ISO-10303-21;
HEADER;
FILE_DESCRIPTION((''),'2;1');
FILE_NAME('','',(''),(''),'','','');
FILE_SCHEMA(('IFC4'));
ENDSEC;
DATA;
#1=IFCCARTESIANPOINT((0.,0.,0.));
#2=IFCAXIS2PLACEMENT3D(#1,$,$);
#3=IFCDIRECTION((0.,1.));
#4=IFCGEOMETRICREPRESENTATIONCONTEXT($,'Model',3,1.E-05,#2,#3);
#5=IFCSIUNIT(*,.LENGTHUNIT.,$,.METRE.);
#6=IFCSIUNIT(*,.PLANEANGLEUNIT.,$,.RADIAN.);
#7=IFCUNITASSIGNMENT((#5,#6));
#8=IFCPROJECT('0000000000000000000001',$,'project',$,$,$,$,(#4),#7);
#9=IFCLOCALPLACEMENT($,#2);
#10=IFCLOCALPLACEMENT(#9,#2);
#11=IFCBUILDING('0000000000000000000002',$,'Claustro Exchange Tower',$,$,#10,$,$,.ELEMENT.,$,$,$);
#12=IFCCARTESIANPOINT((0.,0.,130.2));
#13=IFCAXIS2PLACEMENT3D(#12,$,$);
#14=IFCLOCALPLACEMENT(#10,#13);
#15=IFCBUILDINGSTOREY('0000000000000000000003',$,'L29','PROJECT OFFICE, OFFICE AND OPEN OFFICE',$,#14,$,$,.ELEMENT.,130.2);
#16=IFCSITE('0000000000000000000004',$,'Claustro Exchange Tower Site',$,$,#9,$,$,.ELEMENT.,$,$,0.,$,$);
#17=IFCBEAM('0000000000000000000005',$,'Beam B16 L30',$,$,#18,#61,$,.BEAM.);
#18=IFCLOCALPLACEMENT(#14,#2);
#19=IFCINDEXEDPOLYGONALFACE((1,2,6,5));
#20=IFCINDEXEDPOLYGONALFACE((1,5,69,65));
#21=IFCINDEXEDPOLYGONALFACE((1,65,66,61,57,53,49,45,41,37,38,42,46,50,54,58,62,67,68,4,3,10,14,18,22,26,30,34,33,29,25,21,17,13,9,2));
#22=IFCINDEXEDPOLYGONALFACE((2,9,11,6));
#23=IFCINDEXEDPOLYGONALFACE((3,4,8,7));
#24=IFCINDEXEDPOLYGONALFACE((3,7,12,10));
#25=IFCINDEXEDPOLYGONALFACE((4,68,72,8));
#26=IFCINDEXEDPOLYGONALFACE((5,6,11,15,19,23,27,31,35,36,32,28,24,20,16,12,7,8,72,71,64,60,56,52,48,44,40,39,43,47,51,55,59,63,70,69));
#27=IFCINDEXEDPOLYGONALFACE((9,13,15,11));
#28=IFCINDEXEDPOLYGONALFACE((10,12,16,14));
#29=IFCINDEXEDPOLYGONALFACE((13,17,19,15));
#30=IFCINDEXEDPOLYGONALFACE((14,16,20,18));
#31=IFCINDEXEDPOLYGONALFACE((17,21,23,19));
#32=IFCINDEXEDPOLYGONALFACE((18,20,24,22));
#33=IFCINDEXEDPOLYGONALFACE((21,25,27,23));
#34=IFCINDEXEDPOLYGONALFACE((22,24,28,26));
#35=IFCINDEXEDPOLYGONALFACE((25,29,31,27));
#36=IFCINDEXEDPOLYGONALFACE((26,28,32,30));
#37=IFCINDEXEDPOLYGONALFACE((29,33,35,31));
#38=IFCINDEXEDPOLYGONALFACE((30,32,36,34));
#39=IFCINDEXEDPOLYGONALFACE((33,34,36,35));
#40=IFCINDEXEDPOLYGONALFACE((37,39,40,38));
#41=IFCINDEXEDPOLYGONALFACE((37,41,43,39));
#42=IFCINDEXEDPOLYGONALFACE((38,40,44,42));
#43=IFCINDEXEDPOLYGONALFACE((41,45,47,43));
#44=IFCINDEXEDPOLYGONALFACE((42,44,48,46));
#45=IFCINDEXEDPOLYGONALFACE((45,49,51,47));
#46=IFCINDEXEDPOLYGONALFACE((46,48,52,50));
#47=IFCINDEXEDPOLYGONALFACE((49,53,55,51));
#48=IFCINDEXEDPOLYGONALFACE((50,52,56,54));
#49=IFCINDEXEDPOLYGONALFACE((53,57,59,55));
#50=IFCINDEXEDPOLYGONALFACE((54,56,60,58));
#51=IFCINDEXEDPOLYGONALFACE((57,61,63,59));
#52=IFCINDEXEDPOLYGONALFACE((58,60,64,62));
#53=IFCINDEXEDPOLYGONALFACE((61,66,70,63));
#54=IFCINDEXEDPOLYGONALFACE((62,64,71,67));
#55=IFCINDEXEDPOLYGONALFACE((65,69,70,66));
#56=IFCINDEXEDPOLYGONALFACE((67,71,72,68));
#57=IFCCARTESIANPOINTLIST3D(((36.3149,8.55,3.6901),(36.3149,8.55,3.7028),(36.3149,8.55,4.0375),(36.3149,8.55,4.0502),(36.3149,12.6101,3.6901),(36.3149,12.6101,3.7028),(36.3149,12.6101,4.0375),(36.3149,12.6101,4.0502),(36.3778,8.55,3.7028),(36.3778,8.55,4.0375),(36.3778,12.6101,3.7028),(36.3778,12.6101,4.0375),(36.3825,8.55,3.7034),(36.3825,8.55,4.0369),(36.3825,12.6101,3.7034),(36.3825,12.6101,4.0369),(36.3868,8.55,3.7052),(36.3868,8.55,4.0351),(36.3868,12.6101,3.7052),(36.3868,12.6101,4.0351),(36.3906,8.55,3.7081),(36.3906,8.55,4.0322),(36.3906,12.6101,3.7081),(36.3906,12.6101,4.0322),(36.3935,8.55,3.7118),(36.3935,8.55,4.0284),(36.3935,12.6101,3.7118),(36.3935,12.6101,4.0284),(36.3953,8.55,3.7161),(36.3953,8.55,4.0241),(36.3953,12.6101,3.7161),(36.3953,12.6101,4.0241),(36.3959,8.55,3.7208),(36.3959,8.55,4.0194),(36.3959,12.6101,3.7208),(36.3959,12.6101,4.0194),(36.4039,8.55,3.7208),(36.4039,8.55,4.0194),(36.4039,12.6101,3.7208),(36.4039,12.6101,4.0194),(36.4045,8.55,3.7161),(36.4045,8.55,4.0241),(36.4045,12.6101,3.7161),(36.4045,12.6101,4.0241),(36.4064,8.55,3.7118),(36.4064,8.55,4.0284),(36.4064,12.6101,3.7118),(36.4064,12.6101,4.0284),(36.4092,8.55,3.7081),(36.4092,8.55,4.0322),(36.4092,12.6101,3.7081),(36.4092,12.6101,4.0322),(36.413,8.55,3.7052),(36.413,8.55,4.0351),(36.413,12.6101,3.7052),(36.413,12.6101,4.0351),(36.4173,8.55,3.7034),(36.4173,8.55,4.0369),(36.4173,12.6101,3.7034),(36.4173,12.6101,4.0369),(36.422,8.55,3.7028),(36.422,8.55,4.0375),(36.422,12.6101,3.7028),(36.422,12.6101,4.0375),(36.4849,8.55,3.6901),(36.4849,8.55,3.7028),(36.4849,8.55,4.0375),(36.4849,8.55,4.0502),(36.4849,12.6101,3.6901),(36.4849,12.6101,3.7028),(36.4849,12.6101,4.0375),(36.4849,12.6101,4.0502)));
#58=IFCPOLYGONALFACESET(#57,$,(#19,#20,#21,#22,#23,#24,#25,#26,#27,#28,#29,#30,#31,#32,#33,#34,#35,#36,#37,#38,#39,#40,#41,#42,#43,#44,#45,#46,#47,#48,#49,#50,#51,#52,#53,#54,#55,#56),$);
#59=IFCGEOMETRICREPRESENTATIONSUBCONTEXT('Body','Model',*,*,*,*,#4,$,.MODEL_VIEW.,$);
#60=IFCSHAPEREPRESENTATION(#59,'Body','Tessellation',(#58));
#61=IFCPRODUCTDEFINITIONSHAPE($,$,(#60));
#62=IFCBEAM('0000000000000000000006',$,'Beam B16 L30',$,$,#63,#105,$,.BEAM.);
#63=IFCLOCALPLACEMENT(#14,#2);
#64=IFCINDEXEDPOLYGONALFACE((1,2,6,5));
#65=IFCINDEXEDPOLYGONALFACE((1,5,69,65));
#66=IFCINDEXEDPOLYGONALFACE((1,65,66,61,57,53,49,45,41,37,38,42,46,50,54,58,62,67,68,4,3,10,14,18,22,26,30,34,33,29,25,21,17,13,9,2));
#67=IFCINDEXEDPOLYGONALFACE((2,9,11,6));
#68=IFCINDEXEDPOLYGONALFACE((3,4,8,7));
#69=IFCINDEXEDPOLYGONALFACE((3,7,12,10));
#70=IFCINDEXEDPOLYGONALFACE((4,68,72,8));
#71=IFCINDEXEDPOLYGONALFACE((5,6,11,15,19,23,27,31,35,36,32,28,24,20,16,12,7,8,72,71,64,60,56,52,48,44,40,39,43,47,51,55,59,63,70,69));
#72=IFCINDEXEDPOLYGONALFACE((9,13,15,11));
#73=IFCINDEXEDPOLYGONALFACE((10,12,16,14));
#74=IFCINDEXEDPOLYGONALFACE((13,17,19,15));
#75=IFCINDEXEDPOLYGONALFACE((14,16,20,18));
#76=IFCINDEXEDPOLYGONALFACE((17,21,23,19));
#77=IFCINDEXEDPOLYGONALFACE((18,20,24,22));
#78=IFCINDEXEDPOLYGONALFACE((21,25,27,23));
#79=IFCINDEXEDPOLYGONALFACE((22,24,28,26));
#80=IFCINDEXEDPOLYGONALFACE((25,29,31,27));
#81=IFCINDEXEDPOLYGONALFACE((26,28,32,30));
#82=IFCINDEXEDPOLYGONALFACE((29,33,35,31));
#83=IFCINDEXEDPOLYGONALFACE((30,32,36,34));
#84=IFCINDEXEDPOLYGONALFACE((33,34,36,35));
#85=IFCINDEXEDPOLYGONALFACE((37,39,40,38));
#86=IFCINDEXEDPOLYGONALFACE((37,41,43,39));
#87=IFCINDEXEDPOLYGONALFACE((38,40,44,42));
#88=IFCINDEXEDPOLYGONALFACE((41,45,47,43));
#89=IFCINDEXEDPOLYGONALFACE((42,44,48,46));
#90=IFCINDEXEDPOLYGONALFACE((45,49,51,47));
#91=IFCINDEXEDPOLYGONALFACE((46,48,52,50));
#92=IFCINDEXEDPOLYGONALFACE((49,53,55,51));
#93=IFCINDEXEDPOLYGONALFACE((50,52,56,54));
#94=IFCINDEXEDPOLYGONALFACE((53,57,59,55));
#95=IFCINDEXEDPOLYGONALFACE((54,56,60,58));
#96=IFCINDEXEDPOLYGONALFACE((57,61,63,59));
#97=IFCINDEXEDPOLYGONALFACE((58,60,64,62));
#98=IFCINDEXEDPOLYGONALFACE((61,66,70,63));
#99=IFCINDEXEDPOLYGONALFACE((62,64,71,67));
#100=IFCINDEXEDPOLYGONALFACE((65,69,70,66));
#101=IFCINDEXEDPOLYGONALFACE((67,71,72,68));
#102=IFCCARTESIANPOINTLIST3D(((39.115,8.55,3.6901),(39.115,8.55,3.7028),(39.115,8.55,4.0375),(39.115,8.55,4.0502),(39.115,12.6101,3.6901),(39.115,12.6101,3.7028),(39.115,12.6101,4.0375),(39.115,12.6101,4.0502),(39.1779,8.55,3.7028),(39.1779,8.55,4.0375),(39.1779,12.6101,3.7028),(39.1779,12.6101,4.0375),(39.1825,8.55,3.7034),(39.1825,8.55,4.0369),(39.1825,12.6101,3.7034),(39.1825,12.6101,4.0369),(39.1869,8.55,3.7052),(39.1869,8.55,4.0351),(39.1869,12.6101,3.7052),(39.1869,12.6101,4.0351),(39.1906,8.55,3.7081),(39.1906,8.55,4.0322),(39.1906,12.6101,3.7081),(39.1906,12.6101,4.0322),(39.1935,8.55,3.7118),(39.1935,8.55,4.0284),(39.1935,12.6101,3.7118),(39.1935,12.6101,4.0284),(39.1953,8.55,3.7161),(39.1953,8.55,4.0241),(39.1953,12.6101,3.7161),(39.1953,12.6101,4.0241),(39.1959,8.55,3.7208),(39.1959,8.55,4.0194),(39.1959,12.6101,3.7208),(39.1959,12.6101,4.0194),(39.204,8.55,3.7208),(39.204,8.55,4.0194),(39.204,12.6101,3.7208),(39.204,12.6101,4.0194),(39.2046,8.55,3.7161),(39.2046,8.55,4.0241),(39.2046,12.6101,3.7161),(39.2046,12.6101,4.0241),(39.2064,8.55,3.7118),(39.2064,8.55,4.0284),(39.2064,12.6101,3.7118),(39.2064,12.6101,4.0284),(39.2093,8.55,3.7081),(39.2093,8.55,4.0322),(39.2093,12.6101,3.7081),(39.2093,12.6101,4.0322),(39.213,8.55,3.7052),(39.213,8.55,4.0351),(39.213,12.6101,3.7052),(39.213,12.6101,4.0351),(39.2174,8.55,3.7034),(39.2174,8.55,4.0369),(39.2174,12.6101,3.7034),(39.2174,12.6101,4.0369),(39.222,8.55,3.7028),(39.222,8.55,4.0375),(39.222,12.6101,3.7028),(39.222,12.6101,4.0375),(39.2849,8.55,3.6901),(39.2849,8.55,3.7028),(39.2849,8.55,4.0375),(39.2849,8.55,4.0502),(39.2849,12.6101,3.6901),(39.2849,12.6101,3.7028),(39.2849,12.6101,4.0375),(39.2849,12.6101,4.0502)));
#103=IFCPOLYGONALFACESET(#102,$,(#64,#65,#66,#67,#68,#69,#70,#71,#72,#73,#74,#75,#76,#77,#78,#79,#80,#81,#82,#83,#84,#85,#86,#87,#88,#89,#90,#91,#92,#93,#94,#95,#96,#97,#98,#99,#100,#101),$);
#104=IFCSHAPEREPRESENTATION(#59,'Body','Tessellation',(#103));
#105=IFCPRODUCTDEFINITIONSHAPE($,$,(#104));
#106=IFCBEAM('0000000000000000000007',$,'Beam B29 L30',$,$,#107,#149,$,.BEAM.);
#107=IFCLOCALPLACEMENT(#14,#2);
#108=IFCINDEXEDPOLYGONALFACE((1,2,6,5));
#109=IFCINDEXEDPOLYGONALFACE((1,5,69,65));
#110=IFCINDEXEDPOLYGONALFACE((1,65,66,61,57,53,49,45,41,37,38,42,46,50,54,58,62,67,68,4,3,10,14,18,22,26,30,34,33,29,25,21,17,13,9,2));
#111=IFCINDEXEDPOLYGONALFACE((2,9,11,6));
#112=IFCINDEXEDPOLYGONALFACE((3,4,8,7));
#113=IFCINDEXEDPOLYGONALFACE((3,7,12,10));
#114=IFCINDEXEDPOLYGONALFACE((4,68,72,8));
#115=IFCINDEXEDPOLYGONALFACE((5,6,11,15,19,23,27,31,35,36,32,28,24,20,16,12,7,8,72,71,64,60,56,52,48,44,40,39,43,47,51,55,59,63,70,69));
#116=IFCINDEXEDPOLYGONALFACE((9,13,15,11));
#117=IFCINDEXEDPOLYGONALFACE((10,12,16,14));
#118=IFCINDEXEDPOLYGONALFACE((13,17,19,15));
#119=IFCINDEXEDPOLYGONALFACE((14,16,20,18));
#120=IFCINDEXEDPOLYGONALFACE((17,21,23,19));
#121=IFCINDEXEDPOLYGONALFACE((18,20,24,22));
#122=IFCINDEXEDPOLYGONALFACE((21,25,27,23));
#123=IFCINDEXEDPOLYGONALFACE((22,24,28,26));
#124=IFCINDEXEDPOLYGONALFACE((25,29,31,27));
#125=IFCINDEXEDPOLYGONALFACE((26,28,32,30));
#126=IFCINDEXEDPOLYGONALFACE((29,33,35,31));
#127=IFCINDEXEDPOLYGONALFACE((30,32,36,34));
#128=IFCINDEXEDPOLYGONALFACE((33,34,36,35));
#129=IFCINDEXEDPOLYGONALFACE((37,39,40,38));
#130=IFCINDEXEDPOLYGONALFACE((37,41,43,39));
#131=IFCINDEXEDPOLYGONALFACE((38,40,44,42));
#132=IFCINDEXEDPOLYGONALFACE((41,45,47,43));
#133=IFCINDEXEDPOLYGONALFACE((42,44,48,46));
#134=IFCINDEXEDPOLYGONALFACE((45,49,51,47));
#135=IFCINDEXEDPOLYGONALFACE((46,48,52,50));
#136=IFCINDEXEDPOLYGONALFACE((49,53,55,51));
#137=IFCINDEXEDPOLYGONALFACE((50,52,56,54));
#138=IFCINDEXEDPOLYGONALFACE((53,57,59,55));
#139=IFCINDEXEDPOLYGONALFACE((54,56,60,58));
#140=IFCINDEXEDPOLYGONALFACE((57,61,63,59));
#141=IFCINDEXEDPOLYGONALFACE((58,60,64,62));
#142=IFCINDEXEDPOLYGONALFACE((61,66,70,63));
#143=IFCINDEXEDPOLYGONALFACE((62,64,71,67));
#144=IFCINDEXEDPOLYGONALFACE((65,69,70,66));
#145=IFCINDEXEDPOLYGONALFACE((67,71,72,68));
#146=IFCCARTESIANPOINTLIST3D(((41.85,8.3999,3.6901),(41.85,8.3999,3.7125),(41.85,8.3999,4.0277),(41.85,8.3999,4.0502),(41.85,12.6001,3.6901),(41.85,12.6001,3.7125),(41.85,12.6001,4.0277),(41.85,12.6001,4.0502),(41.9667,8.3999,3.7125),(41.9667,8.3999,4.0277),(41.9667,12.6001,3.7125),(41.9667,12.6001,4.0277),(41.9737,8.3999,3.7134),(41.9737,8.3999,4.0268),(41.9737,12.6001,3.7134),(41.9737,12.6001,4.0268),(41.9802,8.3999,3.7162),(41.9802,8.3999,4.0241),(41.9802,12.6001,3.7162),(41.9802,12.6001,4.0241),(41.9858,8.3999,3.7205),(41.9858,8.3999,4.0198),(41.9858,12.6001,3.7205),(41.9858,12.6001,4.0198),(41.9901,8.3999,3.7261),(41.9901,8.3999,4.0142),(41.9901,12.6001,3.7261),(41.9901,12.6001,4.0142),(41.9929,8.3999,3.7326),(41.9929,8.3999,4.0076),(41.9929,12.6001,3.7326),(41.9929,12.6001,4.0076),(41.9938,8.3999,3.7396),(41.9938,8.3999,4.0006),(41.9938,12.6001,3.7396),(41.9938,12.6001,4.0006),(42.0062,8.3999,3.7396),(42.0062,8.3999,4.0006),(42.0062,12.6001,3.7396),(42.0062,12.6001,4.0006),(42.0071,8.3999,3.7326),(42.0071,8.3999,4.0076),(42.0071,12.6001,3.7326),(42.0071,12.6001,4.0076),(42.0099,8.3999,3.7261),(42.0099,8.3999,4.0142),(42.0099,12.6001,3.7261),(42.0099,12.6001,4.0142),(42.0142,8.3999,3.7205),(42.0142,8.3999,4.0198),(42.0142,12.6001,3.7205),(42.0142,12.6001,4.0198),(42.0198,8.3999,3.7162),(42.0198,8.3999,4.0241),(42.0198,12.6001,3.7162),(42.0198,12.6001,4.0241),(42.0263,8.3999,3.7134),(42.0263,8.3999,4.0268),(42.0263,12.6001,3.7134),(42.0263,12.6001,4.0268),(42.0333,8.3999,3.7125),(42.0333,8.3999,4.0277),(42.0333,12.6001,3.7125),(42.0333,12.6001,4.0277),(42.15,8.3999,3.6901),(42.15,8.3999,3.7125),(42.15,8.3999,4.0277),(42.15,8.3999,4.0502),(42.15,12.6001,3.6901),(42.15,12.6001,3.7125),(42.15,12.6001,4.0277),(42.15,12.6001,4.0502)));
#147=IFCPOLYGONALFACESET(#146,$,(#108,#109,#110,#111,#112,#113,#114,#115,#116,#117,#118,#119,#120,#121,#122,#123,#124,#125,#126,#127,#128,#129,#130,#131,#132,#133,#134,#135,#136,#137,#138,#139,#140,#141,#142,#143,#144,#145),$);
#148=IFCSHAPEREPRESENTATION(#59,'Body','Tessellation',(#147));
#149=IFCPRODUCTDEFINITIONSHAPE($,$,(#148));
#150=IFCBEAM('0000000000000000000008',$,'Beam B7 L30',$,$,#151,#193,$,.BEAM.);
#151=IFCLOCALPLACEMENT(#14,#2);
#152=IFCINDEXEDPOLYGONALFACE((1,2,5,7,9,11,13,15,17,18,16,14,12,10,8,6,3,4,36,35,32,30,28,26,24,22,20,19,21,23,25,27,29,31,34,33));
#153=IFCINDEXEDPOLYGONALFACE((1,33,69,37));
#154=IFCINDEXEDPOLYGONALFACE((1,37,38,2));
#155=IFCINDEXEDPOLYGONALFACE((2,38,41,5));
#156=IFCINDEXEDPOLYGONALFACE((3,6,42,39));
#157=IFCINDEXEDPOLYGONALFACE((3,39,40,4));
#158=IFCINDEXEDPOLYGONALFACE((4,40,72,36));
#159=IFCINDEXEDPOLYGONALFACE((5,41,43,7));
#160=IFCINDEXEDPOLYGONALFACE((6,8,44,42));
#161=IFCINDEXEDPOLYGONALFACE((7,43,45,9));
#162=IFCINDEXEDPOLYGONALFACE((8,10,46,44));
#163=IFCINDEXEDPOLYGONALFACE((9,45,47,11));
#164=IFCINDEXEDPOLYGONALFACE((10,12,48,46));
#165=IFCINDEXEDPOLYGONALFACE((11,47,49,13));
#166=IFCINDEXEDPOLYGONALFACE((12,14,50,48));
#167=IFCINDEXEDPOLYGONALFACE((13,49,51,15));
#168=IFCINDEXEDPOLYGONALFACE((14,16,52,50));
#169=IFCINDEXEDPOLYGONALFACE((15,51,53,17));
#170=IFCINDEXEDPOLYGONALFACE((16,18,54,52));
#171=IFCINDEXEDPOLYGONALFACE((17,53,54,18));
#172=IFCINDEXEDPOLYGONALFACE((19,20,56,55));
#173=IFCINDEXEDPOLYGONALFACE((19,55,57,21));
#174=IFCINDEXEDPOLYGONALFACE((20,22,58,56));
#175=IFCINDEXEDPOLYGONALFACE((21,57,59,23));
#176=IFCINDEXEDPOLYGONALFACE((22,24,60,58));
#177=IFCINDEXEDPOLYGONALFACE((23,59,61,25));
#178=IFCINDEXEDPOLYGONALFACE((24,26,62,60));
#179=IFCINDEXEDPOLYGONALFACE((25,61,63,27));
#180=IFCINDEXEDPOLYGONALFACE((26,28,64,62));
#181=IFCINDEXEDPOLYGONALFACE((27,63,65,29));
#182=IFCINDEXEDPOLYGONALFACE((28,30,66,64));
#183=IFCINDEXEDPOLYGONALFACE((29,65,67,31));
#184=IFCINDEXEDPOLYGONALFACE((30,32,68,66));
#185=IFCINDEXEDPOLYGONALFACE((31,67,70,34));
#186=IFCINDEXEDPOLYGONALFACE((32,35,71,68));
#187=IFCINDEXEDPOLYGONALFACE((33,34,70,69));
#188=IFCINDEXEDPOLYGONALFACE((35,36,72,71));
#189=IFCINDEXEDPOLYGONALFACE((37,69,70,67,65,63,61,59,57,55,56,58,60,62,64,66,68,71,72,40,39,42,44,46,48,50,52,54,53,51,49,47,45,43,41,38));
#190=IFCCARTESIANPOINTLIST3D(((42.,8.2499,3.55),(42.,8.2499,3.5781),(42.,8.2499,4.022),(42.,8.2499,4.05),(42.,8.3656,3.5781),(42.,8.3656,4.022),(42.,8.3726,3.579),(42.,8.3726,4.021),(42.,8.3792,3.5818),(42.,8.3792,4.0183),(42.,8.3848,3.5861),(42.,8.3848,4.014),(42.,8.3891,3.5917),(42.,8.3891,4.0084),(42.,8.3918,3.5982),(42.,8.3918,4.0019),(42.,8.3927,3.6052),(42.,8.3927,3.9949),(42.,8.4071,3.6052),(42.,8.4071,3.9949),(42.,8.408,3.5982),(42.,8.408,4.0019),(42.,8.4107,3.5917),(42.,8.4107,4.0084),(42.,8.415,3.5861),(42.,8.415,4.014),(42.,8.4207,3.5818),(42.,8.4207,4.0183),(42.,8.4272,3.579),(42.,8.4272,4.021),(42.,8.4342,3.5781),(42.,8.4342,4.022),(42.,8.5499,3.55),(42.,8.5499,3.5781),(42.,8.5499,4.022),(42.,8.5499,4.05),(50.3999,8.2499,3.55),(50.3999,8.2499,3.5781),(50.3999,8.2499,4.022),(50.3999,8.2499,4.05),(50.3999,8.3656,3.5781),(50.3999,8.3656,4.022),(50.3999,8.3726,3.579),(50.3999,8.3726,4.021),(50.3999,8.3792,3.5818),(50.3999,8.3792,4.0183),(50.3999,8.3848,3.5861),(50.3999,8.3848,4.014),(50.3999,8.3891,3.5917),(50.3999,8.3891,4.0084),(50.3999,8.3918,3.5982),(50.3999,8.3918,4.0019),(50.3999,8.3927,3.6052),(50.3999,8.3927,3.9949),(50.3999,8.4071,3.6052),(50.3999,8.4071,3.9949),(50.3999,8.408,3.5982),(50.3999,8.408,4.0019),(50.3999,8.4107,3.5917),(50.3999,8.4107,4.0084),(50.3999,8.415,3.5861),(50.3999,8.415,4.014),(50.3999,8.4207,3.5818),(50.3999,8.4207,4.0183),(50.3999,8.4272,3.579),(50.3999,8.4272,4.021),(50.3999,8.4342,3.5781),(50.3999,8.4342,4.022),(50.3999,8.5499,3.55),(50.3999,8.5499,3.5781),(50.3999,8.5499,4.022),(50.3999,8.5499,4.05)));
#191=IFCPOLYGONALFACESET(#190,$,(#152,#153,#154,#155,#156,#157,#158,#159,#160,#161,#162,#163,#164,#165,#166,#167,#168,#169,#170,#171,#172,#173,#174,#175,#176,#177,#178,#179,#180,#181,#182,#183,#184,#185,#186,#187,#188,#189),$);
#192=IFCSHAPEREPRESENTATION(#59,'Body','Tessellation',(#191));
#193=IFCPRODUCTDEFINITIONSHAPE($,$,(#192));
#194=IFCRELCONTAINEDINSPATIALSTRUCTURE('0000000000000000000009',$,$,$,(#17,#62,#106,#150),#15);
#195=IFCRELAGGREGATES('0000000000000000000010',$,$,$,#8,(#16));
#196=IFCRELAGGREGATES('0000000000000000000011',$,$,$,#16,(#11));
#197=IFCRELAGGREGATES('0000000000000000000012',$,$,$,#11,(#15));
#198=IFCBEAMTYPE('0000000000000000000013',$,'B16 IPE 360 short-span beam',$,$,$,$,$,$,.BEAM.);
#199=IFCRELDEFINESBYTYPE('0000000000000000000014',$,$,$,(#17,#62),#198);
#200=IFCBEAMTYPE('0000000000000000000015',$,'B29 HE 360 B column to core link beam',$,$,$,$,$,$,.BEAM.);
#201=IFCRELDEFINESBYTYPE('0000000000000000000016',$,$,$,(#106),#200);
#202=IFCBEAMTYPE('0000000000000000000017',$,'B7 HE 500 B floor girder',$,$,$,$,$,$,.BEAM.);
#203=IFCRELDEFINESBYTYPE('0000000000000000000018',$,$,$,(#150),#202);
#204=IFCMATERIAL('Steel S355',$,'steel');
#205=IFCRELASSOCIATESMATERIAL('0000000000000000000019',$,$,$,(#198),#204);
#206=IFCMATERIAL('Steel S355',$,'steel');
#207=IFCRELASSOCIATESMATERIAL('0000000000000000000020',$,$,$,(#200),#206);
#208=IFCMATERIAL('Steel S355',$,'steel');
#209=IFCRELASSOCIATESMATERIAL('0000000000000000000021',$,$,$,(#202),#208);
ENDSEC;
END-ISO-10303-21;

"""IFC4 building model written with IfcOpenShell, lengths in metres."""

from ifc_helpers import new_model, si_unit, direction, frame, origin, origin_2d, place, context, subcontext, project, spatial, i_section, extrude, material, material_profile, profile_set, type_object, element, save


model = new_model("IFC4")

# Units and contexts
model_context = context("Model", 3, precision=1e-05, world=origin(), true_north=direction((0.0, 1.0)))
body_context = subcontext(model_context, "Body", "Model", "MODEL_VIEW")
ifc_project = project(units=[si_unit("LENGTHUNIT", "METRE"), si_unit("PLANEANGLEUNIT", "RADIAN")], contexts=[model_context])

# Site, building, storey
site_placement = place(None, origin())
site = spatial("IfcSite", under=ifc_project, at=site_placement, Name="Claustro Exchange Tower Site", CompositionType="ELEMENT", RefElevation=0.0)
building_placement = place(site_placement, origin())
building = spatial("IfcBuilding", under=site, at=building_placement, Name="Claustro Exchange Tower", CompositionType="ELEMENT")
storey_placement = place(building_placement, frame((0.0, 0.0, 130.2)))
storey = spatial("IfcBuildingStorey", under=building, at=storey_placement, Name="L29", Description="PROJECT OFFICE, OFFICE AND OPEN OFFICE", CompositionType="ELEMENT", Elevation=130.2)

# Beams
ifc_material_1 = material(Name="Steel S355", Category="steel")
ifc_material_profile_1 = material_profile(ifc_material_1, i_section(OverallWidth=0.1699, OverallDepth=0.3601, WebThickness=0.0081, FlangeThickness=0.0127, FilletRadius=0.0181, at=origin_2d()), Name="IPE 360")
ifc_profile_set_1 = profile_set([ifc_material_profile_1], Name="Steel S355")
beam_type_1 = type_object("IfcBeamType", Name="B16 IPE 360 short-span beam", PredefinedType="BEAM", material=ifc_profile_set_1)
for number, where, z_axis, x_axis, name in (
    (1, (36.3999, 8.55, 3.8701), (0.0, 1.0, 0.0), (-1.0, 0.0, 0.0), "Beam B16 L30"),
    (2, (39.2, 8.55, 3.8701), (0.0, 1.0, 0.0), (-1.0, 0.0, 0.0), "Beam B16 L30"),
):
    element("IfcBeam", number, at=place(storey_placement, frame(where, z_axis=z_axis, x_axis=x_axis)), inside=storey, type_object=beam_type_1, Name=name, PredefinedType="BEAM", context=body_context, shape_type="SweptSolid", body=[
        extrude(i_section(OverallWidth=0.1699, OverallDepth=0.3601, WebThickness=0.0081, FlangeThickness=0.0127, FilletRadius=0.0181, at=origin_2d()), origin(), (0.0, 0.0, 1.0), 4.0601),
    ])
ifc_material_2 = material(Name="Steel S355", Category="steel")
ifc_material_profile_2 = material_profile(ifc_material_2, i_section(OverallWidth=0.3, OverallDepth=0.3601, WebThickness=0.0125, FlangeThickness=0.0225, FilletRadius=0.0271, at=origin_2d()), Name="HE 360 B")
ifc_profile_set_2 = profile_set([ifc_material_profile_2], Name="Steel S355")
beam_type_2 = type_object("IfcBeamType", Name="B29 HE 360 B column to core link beam", PredefinedType="BEAM", material=ifc_profile_set_2)
beam_1_placement = place(storey_placement, frame((42.0, 8.3999, 3.8701), z_axis=(0.0, 1.0, 0.0), x_axis=(-1.0, 0.0, 0.0)))
element("IfcBeam", 3, at=beam_1_placement, inside=storey, type_object=beam_type_2, Name="Beam B29 L30", PredefinedType="BEAM", context=body_context, shape_type="SweptSolid", body=[
    extrude(i_section(OverallWidth=0.3, OverallDepth=0.3601, WebThickness=0.0125, FlangeThickness=0.0225, FilletRadius=0.0271, at=origin_2d()), origin(), (0.0, 0.0, 1.0), 4.2002),
])
ifc_material_3 = material(Name="Steel S355", Category="steel")
ifc_material_profile_3 = material_profile(ifc_material_3, i_section(OverallWidth=0.3, OverallDepth=0.5, WebThickness=0.0144, FlangeThickness=0.0281, FilletRadius=0.0271, at=origin_2d()), Name="HE 500 B")
ifc_profile_set_3 = profile_set([ifc_material_profile_3], Name="Steel S355")
beam_type_3 = type_object("IfcBeamType", Name="B7 HE 500 B floor girder", PredefinedType="BEAM", material=ifc_profile_set_3)
beam_2_placement = place(storey_placement, frame((42.0, 8.3999, 3.8), z_axis=(1.0, 0.0, 0.0), x_axis=(0.0, 1.0, 0.0)))
element("IfcBeam", 4, at=beam_2_placement, inside=storey, type_object=beam_type_3, Name="Beam B7 L30", PredefinedType="BEAM", context=body_context, shape_type="SweptSolid", body=[
    extrude(i_section(OverallWidth=0.3, OverallDepth=0.5, WebThickness=0.0144, FlangeThickness=0.0281, FilletRadius=0.0271, at=origin_2d()), origin(), (0.0, 0.0, 1.0), 8.3999),
])

save(model, "model.ifc")
